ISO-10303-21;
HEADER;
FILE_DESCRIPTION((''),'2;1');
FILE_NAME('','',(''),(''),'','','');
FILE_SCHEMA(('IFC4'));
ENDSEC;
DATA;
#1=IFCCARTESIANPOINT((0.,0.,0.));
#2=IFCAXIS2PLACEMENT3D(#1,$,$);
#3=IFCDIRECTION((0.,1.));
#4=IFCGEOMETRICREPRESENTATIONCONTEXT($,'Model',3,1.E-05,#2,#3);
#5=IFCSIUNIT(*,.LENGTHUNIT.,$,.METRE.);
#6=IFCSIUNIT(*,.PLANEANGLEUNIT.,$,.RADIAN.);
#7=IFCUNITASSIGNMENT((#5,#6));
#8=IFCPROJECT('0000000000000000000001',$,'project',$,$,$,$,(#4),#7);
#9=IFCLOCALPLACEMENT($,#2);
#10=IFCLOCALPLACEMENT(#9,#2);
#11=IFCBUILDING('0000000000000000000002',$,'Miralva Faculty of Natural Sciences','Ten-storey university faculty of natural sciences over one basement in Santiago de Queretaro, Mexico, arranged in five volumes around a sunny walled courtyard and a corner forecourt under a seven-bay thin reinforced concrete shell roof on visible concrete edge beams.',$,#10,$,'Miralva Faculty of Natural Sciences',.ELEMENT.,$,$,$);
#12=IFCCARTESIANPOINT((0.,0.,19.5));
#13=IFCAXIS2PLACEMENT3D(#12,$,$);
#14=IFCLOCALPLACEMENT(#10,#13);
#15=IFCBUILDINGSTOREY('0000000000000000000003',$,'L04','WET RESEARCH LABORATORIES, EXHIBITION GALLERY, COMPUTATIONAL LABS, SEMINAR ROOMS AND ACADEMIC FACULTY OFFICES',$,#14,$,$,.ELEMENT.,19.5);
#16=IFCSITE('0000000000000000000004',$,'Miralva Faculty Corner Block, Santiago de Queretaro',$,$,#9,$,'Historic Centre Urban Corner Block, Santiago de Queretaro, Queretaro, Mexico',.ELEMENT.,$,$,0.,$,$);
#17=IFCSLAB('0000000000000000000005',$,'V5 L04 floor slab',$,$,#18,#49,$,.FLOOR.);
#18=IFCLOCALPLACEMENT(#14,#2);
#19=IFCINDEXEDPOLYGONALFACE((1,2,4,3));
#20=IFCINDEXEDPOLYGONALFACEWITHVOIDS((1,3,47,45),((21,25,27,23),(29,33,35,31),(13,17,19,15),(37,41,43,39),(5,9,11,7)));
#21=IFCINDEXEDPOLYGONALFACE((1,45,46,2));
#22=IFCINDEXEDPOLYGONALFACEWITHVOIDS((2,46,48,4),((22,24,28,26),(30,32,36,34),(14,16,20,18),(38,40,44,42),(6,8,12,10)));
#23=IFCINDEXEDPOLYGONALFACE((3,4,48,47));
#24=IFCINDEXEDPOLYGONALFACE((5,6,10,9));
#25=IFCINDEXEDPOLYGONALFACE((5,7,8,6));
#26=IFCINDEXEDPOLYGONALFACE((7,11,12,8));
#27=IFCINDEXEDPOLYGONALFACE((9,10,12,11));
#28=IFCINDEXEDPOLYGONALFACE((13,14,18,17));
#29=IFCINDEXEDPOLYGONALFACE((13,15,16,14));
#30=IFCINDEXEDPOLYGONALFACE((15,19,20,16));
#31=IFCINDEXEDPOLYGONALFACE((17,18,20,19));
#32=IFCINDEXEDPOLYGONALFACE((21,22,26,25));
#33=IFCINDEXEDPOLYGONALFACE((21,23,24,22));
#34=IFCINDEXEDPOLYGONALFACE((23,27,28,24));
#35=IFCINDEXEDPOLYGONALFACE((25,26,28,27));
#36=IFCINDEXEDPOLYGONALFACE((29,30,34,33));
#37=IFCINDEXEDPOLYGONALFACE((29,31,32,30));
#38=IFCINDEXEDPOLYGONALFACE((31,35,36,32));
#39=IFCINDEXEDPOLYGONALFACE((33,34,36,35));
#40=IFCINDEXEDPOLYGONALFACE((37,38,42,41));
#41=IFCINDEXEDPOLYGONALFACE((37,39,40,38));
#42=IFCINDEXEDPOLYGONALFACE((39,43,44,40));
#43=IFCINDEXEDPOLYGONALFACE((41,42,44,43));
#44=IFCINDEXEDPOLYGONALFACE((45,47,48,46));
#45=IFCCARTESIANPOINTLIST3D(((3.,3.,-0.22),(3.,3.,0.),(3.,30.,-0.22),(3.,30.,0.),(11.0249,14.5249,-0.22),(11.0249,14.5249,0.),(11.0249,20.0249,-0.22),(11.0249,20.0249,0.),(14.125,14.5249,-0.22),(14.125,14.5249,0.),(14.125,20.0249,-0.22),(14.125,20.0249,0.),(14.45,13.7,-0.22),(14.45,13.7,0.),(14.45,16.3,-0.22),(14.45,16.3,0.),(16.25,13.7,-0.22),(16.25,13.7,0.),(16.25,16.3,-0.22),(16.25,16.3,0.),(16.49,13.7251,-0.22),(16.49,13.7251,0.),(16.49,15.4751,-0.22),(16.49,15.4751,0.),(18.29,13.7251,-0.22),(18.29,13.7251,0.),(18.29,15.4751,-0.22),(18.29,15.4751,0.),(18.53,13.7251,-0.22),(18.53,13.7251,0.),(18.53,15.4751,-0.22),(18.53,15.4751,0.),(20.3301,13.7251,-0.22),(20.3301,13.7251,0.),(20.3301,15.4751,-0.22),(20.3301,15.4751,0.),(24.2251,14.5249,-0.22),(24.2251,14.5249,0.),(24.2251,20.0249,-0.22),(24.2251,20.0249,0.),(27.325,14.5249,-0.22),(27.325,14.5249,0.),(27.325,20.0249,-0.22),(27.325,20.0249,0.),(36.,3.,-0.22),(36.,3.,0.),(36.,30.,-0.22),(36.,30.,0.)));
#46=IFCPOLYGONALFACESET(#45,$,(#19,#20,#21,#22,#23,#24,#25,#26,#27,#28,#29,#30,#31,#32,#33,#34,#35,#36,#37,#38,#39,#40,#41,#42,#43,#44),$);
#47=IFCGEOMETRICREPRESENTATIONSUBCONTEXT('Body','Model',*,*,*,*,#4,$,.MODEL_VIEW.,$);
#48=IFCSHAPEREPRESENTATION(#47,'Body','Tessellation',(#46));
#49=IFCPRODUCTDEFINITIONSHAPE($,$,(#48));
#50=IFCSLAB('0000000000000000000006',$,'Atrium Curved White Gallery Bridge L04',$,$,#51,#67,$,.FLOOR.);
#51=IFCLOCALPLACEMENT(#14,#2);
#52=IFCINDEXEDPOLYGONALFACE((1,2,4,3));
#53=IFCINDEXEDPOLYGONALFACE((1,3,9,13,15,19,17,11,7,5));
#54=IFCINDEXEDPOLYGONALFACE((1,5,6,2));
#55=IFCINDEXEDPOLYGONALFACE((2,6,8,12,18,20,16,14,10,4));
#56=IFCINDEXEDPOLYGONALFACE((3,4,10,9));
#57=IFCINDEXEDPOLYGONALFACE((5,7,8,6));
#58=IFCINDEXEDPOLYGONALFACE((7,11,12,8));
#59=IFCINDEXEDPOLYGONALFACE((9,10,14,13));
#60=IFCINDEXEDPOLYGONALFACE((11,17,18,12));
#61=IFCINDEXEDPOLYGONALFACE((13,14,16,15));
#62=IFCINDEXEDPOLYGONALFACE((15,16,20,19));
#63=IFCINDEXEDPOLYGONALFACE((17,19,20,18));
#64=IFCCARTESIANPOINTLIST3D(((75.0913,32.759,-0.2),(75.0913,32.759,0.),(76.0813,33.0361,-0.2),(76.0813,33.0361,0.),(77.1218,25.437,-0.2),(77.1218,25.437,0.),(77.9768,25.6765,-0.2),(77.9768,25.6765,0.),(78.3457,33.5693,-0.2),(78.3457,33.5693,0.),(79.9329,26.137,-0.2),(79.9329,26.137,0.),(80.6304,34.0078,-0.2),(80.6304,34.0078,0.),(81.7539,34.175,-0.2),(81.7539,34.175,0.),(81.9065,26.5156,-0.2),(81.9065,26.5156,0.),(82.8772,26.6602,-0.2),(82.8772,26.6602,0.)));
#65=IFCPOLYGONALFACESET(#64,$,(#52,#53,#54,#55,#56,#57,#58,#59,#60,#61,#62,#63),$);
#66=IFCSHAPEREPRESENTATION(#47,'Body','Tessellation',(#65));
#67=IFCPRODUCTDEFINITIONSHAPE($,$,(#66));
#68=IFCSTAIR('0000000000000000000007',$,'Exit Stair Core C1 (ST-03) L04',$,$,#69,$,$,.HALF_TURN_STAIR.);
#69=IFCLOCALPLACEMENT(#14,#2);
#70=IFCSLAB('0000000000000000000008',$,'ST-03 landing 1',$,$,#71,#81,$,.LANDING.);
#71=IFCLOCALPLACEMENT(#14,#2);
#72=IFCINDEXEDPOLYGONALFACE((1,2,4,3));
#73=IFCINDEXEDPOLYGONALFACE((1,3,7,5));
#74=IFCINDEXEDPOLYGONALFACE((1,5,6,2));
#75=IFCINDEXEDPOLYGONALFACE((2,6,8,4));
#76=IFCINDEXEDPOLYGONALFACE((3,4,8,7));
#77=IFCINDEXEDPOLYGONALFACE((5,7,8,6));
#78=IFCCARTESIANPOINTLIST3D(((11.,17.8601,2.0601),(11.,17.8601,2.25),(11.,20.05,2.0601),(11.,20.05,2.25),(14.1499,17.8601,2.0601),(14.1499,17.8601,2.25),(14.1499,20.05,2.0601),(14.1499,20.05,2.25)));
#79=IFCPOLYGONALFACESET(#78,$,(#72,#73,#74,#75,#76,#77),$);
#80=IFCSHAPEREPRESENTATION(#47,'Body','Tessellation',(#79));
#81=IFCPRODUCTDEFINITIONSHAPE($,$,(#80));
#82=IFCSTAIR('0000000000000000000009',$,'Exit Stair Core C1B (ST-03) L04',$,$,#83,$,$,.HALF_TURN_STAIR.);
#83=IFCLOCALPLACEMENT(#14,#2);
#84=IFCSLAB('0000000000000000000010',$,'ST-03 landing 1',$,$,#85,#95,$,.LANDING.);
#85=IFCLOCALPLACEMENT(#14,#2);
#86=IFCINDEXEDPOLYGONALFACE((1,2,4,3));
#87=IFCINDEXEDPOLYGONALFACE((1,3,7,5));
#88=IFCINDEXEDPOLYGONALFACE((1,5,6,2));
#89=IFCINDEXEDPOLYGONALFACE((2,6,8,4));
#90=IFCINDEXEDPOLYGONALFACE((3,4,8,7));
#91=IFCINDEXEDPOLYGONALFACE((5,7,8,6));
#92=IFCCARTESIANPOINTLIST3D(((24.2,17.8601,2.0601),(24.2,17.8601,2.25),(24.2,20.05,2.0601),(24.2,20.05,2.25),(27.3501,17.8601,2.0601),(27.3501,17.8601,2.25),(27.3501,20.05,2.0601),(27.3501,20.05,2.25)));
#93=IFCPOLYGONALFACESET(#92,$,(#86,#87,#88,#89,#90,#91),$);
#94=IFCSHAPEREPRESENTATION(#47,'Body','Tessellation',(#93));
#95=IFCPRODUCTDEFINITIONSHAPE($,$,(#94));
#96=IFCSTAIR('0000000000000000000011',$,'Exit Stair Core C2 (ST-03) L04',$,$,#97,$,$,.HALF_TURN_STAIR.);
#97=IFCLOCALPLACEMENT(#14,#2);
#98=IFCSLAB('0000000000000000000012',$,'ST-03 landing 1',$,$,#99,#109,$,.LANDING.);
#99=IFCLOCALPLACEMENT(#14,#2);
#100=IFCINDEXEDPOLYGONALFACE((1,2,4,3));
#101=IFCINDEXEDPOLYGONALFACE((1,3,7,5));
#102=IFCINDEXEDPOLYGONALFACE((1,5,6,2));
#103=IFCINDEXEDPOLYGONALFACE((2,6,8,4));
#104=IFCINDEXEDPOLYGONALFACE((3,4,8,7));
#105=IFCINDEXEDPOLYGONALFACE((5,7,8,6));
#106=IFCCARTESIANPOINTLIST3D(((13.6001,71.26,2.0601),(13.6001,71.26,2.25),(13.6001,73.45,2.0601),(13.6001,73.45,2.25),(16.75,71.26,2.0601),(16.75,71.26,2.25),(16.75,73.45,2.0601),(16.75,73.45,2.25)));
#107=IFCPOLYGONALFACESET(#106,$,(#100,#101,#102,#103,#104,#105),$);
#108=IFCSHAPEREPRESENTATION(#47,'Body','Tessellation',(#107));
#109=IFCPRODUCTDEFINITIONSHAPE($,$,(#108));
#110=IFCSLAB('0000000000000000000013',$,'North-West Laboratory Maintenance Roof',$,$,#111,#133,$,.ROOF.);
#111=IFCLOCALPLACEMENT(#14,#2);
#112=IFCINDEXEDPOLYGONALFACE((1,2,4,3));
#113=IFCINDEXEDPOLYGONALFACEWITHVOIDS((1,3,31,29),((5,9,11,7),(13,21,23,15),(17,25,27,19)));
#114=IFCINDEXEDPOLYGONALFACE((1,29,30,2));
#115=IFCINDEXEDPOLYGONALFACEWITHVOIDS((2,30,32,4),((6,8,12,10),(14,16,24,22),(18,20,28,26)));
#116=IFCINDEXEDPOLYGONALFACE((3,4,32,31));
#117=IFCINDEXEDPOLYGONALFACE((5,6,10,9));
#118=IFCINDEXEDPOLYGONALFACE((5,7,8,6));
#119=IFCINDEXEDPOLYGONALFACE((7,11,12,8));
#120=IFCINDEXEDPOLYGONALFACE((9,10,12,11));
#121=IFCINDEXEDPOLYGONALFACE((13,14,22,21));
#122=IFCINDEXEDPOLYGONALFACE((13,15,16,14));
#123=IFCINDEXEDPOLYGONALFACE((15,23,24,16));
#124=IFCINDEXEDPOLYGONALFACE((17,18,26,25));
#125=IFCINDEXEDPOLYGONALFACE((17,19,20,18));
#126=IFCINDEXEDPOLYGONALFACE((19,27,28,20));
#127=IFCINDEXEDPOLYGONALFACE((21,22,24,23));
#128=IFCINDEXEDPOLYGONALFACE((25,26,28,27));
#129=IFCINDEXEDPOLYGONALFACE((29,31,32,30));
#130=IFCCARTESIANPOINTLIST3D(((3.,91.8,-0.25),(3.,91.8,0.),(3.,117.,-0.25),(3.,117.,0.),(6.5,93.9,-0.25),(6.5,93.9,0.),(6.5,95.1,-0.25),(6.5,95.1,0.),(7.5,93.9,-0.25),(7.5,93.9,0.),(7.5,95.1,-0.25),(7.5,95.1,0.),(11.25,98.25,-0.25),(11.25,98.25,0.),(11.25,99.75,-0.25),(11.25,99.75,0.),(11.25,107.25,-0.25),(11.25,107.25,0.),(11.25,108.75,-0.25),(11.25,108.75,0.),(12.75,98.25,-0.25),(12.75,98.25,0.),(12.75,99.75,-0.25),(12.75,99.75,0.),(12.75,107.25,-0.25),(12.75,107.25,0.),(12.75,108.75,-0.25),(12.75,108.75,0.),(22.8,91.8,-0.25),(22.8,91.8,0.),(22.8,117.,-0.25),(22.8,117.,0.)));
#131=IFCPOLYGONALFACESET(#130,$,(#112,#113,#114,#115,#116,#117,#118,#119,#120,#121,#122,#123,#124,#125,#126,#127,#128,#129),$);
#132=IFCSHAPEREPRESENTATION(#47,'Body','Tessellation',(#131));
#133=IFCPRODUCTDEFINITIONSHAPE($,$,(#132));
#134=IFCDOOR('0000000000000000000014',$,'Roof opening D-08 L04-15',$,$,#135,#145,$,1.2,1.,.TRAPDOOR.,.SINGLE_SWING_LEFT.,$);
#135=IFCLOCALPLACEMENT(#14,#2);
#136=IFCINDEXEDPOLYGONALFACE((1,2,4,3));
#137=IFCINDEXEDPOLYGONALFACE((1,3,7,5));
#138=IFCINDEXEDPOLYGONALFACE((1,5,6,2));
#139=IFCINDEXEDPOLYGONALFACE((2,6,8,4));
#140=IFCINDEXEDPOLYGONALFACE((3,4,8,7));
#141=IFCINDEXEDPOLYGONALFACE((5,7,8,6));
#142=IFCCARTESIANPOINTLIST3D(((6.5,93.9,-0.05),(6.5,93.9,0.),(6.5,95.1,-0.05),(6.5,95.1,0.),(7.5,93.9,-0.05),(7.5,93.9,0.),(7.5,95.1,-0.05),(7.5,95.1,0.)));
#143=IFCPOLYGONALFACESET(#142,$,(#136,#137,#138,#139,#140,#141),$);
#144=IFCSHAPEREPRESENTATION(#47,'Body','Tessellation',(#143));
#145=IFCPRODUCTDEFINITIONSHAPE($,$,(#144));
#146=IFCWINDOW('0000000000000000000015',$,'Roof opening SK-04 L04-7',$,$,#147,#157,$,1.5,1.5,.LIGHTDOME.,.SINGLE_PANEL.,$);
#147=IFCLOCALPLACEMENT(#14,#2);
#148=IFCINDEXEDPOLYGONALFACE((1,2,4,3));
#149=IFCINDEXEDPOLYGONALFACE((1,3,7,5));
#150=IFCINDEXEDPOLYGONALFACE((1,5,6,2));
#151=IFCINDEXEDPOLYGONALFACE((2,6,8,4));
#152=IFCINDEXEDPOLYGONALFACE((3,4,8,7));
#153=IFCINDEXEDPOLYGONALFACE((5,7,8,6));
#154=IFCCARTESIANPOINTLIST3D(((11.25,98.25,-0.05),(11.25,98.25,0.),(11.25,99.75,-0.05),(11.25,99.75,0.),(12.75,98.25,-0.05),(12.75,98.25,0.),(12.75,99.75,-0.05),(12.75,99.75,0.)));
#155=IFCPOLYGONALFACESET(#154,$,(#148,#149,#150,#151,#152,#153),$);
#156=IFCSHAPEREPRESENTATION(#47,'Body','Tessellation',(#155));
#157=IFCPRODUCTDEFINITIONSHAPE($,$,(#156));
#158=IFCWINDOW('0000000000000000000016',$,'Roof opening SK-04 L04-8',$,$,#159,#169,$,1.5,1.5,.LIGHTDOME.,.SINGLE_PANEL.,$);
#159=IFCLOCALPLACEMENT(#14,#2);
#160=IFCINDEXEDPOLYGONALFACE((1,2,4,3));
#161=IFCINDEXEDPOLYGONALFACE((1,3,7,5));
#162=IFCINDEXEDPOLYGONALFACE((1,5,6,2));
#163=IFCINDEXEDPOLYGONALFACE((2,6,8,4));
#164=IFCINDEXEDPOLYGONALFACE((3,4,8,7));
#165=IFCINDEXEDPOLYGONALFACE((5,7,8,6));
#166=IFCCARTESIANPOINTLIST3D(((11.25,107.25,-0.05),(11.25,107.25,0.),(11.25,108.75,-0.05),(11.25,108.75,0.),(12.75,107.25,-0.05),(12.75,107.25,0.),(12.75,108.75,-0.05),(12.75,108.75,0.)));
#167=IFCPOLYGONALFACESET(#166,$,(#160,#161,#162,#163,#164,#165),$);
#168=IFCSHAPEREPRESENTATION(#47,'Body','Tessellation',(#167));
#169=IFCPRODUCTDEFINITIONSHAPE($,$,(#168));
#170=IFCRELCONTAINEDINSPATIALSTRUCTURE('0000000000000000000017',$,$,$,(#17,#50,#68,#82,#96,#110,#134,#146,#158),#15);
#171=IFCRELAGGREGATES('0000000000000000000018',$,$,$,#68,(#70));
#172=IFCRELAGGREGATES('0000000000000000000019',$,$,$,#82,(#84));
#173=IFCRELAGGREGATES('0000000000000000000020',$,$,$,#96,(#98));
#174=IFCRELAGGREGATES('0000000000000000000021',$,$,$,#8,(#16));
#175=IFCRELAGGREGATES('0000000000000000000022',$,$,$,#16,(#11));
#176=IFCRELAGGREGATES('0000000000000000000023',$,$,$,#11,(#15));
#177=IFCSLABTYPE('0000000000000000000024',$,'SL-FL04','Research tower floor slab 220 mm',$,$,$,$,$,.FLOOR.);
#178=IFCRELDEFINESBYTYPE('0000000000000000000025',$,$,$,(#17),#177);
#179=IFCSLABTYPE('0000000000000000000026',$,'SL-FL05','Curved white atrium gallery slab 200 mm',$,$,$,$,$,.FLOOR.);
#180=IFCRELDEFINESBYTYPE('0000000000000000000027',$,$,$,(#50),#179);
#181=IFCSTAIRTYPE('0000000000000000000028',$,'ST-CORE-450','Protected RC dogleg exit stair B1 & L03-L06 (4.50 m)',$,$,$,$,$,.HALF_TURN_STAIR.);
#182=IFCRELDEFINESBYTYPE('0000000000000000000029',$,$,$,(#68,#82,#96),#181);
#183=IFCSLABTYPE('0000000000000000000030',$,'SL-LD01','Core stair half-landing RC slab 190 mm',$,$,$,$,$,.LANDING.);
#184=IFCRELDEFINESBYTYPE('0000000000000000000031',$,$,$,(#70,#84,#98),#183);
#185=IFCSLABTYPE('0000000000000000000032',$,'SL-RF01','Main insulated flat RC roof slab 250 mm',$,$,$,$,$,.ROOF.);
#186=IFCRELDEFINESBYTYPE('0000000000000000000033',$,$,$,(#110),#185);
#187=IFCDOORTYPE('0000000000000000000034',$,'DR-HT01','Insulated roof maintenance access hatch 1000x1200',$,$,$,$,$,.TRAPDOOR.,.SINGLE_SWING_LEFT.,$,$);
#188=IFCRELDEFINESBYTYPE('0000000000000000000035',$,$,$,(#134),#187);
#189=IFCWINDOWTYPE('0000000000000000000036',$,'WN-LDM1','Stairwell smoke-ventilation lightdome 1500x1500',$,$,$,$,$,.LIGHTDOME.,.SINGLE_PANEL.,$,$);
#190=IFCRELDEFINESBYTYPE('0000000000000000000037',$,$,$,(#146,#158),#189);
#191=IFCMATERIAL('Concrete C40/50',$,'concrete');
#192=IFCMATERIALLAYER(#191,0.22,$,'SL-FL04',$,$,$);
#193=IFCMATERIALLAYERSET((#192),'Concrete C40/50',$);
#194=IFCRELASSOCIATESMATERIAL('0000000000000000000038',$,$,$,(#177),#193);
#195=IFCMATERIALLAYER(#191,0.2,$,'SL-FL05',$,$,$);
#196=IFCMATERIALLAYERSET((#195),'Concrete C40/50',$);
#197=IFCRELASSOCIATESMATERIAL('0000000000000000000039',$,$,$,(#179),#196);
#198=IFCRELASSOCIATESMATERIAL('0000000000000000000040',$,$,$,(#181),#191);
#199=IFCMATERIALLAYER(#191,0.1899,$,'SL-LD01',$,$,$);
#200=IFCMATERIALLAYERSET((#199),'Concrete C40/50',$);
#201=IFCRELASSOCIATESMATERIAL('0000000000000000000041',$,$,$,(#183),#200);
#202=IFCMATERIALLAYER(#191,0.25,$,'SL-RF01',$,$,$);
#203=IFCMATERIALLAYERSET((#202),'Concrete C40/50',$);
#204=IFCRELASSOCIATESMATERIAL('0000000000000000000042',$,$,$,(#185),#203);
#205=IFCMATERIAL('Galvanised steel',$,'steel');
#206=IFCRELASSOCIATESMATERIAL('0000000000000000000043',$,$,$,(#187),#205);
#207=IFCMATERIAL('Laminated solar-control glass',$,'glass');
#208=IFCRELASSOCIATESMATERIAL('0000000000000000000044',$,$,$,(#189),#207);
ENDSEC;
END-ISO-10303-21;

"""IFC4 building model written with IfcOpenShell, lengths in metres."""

from ifc_helpers import new_model, si_unit, direction, frame, origin, origin_2d, place, context, subcontext, project, spatial, polyline, rectangle, outline, extrude, material, layer, layer_set, type_object, element, fill, aggregate, save


model = new_model("IFC4")

# Units and contexts
model_context = context("Model", 3, precision=1e-05, world=origin(), true_north=direction((0.0, 1.0)))
body_context = subcontext(model_context, "Body", "Model", "MODEL_VIEW")
ifc_project = project(units=[si_unit("LENGTHUNIT", "METRE"), si_unit("PLANEANGLEUNIT", "RADIAN")], contexts=[model_context])

# Site, building, storey
site_placement = place(None, origin())
site = spatial("IfcSite", under=ifc_project, at=site_placement, Name="Miralva Faculty Corner Block, Santiago de Queretaro", LongName="Historic Centre Urban Corner Block, Santiago de Queretaro, Queretaro, Mexico", CompositionType="ELEMENT", RefElevation=0.0)
building_placement = place(site_placement, origin())
building = spatial("IfcBuilding", under=site, at=building_placement, Name="Miralva Faculty of Natural Sciences", Description="Ten-storey university faculty of natural sciences over one basement in Santiago de Queretaro, Mexico, arranged in five volumes around a sunny walled courtyard and a corner forecourt under a seven-bay thin reinforced concrete shell roof on visible concrete edge beams.", LongName="Miralva Faculty of Natural Sciences", CompositionType="ELEMENT")
storey_placement = place(building_placement, frame((0.0, 0.0, 19.5)))
storey = spatial("IfcBuildingStorey", under=building, at=storey_placement, Name="L04", Description="WET RESEARCH LABORATORIES, EXHIBITION GALLERY, COMPUTATIONAL LABS, SEMINAR ROOMS AND ACADEMIC FACULTY OFFICES", CompositionType="ELEMENT", Elevation=19.5)

# Shared definitions
ifc_material_1 = material(Name="Concrete C40/50", Category="concrete")

# Shared definitions
ifc_material_2 = material(Name="Laminated solar-control glass", Category="glass")

# Slabs
ifc_layer_1 = layer(ifc_material_1, 0.22, Name="SL-FL04")
ifc_layer_set_1 = layer_set([ifc_layer_1], Name="Concrete C40/50")
slab_type_1 = type_object("IfcSlabType", Name="SL-FL04", Description="Research tower floor slab 220 mm", PredefinedType="FLOOR", material=ifc_layer_set_1)
slab_1_placement = place(storey_placement, frame((0.0, 0.0, -0.22)))
element("IfcSlab", 1, at=slab_1_placement, inside=storey, type_object=slab_type_1, Name="V5 L04 floor slab", PredefinedType="FLOOR", context=body_context, shape_type="SweptSolid", body=[
    extrude(outline(polyline([(36.0, 3.0), (3.0, 3.0), (3.0, 30.0), (36.0, 30.0), (36.0, 3.0)]), holes=[polyline([(14.125, 14.5249), (11.0249, 14.5249), (11.0249, 20.0249), (14.125, 20.0249), (14.125, 14.5249)]), polyline([(16.25, 13.7), (14.45, 13.7), (14.45, 16.3), (16.25, 16.3), (16.25, 13.7)]), polyline([(18.29, 13.7251), (16.49, 13.7251), (16.49, 15.4751), (18.29, 15.4751), (18.29, 13.7251)]), polyline([(27.325, 14.5249), (24.2251, 14.5249), (24.2251, 20.0249), (27.325, 20.0249), (27.325, 14.5249)]), polyline([(20.3301, 13.7251), (18.53, 13.7251), (18.53, 15.4751), (20.3301, 15.4751), (20.3301, 13.7251)])]), origin(), (0.0, 0.0, 1.0), 0.22),
])
ifc_layer_2 = layer(ifc_material_1, 0.2, Name="SL-FL05")
ifc_layer_set_2 = layer_set([ifc_layer_2], Name="Concrete C40/50")
slab_type_2 = type_object("IfcSlabType", Name="SL-FL05", Description="Curved white atrium gallery slab 200 mm", PredefinedType="FLOOR", material=ifc_layer_set_2)
slab_2_placement = place(storey_placement, frame((0.0, 0.0, -0.2)))
element("IfcSlab", 2, at=slab_2_placement, inside=storey, type_object=slab_type_2, Name="Atrium Curved White Gallery Bridge L04", PredefinedType="FLOOR", context=body_context, shape_type="SweptSolid", body=[
    extrude(outline(polyline([(75.0913, 32.759), (76.0813, 33.0361), (78.3457, 33.5693), (80.6304, 34.0078), (81.7539, 34.175), (82.8772, 26.6602), (81.9065, 26.5156), (79.9329, 26.137), (77.9768, 25.6765), (77.1218, 25.437), (75.0913, 32.759)])), origin(), (0.0, 0.0, 1.0), 0.2),
])

# Stairs, slabs
stair_type = type_object("IfcStairType", Name="ST-CORE-450", Description="Protected RC dogleg exit stair B1 & L03-L06 (4.50 m)", PredefinedType="HALF_TURN_STAIR", material=ifc_material_1)
stair_1_placement = place(storey_placement, origin())
stair_1 = element("IfcStair", 3, at=stair_1_placement, inside=storey, type_object=stair_type, Name="Exit Stair Core C1 (ST-03) L04", PredefinedType="HALF_TURN_STAIR")
ifc_layer_3 = layer(ifc_material_1, 0.1899, Name="SL-LD01")
ifc_layer_set_3 = layer_set([ifc_layer_3], Name="Concrete C40/50")
slab_type_3 = type_object("IfcSlabType", Name="SL-LD01", Description="Core stair half-landing RC slab 190 mm", PredefinedType="LANDING", material=ifc_layer_set_3)
slab_3_placement = place(storey_placement, frame((0.0, 0.0, 2.0601)))
slab_3 = element("IfcSlab", 4, at=slab_3_placement, type_object=slab_type_3, Name="ST-03 landing 1", PredefinedType="LANDING", context=body_context, shape_type="SweptSolid", body=[
    extrude(outline(polyline([(14.1499, 17.8601), (14.1499, 20.05), (11.0, 20.05), (11.0, 17.8601), (14.1499, 17.8601)])), origin(), (0.0, 0.0, 1.0), 0.1899),
])
aggregate(stair_1, [slab_3])
stair_2_placement = place(storey_placement, origin())
stair_2 = element("IfcStair", 5, at=stair_2_placement, inside=storey, type_object=stair_type, Name="Exit Stair Core C1B (ST-03) L04", PredefinedType="HALF_TURN_STAIR")
slab_4_placement = place(storey_placement, frame((0.0, 0.0, 2.0601)))
slab_4 = element("IfcSlab", 6, at=slab_4_placement, type_object=slab_type_3, Name="ST-03 landing 1", PredefinedType="LANDING", context=body_context, shape_type="SweptSolid", body=[
    extrude(outline(polyline([(27.3501, 17.8601), (27.3501, 20.05), (24.2, 20.05), (24.2, 17.8601), (27.3501, 17.8601)])), origin(), (0.0, 0.0, 1.0), 0.1899),
])
aggregate(stair_2, [slab_4])
stair_3_placement = place(storey_placement, origin())
stair_3 = element("IfcStair", 7, at=stair_3_placement, inside=storey, type_object=stair_type, Name="Exit Stair Core C2 (ST-03) L04", PredefinedType="HALF_TURN_STAIR")
slab_5_placement = place(storey_placement, frame((0.0, 0.0, 2.0601)))
slab_5 = element("IfcSlab", 8, at=slab_5_placement, type_object=slab_type_3, Name="ST-03 landing 1", PredefinedType="LANDING", context=body_context, shape_type="SweptSolid", body=[
    extrude(outline(polyline([(16.75, 71.26), (16.75, 73.45), (13.6001, 73.45), (13.6001, 71.26), (16.75, 71.26)])), origin(), (0.0, 0.0, 1.0), 0.1899),
])
aggregate(stair_3, [slab_5])

# Slab, openings, door, windows
ifc_layer_4 = layer(ifc_material_1, 0.25, Name="SL-RF01")
ifc_layer_set_4 = layer_set([ifc_layer_4], Name="Concrete C40/50")
slab_type_4 = type_object("IfcSlabType", Name="SL-RF01", Description="Main insulated flat RC roof slab 250 mm", PredefinedType="ROOF", material=ifc_layer_set_4)
slab_6_placement = place(storey_placement, frame((0.0, 0.0, -0.25)))
slab_6 = element("IfcSlab", 9, at=slab_6_placement, inside=storey, type_object=slab_type_4, Name="North-West Laboratory Maintenance Roof", PredefinedType="ROOF", context=body_context, shape_type="SweptSolid", body=[
    extrude(outline(polyline([(22.8, 91.8), (3.0, 91.8), (3.0, 117.0), (22.8, 117.0), (22.8, 91.8)])), origin(), (0.0, 0.0, 1.0), 0.25),
])
opening_1_placement = place(slab_6_placement, frame((12.0, 99.0, 0.0)))
opening_1 = element("IfcOpeningElement", 10, at=opening_1_placement, cuts=slab_6, PredefinedType="OPENING", context=body_context, shape_type="SweptSolid", body=[
    extrude(rectangle(XDim=1.5, YDim=1.5, at=origin_2d()), frame((0.0, 0.0, -0.01)), (0.0, 0.0, 1.0), 0.27),
])
opening_2_placement = place(slab_6_placement, frame((12.0, 108.0, 0.0)))
opening_2 = element("IfcOpeningElement", 11, at=opening_2_placement, cuts=slab_6, PredefinedType="OPENING", context=body_context, shape_type="SweptSolid", body=[
    extrude(rectangle(XDim=1.5, YDim=1.5, at=origin_2d()), frame((0.0, 0.0, -0.01)), (0.0, 0.0, 1.0), 0.27),
])
opening_3_placement = place(slab_6_placement, frame((7.0, 94.5, 0.0)))
opening_3 = element("IfcOpeningElement", 12, at=opening_3_placement, cuts=slab_6, PredefinedType="OPENING", context=body_context, shape_type="SweptSolid", body=[
    extrude(rectangle(XDim=1.0, YDim=1.2, at=origin_2d()), frame((0.0, 0.0, -0.01)), (0.0, 0.0, 1.0), 0.27),
])
ifc_material_3 = material(Name="Galvanised steel", Category="steel")
door_type = type_object("IfcDoorType", Name="DR-HT01", Description="Insulated roof maintenance access hatch 1000x1200", OperationType="SINGLE_SWING_LEFT", PredefinedType="TRAPDOOR", material=ifc_material_3)
door_placement = place(opening_3_placement, frame((0.0, 0.0, 0.2)))
door = element("IfcDoor", 13, at=door_placement, inside=storey, type_object=door_type, Name="Roof opening D-08 L04-15", OperationType="SINGLE_SWING_LEFT", OverallHeight=1.2, OverallWidth=1.0, PredefinedType="TRAPDOOR", context=body_context, shape_type="SweptSolid", body=[
    extrude(rectangle(XDim=1.0, YDim=1.2, at=origin_2d()), origin(), (0.0, 0.0, 1.0), 0.05),
])
fill(opening_3, door)
window_type_1 = type_object("IfcWindowType", Name="WN-LDM1", Description="Stairwell smoke-ventilation lightdome 1500x1500", PartitioningType="SINGLE_PANEL", PredefinedType="LIGHTDOME", material=ifc_material_2)
window_1_placement = place(opening_1_placement, frame((0.0, 0.0, 0.2)))
window_1 = element("IfcWindow", 14, at=window_1_placement, inside=storey, type_object=window_type_1, Name="Roof opening SK-04 L04-7", OverallHeight=1.5, OverallWidth=1.5, PartitioningType="SINGLE_PANEL", PredefinedType="LIGHTDOME", context=body_context, shape_type="SweptSolid", body=[
    extrude(rectangle(XDim=1.5, YDim=1.5, at=origin_2d()), origin(), (0.0, 0.0, 1.0), 0.05),
])
fill(opening_1, window_1)
window_2_placement = place(opening_2_placement, frame((0.0, 0.0, 0.2)))
window_2 = element("IfcWindow", 15, at=window_2_placement, inside=storey, type_object=window_type_1, Name="Roof opening SK-04 L04-8", OverallHeight=1.5, OverallWidth=1.5, PartitioningType="SINGLE_PANEL", PredefinedType="LIGHTDOME", context=body_context, shape_type="SweptSolid", body=[
    extrude(rectangle(XDim=1.5, YDim=1.5, at=origin_2d()), origin(), (0.0, 0.0, 1.0), 0.05),
])
fill(opening_2, window_2)

save(model, "model.ifc")
